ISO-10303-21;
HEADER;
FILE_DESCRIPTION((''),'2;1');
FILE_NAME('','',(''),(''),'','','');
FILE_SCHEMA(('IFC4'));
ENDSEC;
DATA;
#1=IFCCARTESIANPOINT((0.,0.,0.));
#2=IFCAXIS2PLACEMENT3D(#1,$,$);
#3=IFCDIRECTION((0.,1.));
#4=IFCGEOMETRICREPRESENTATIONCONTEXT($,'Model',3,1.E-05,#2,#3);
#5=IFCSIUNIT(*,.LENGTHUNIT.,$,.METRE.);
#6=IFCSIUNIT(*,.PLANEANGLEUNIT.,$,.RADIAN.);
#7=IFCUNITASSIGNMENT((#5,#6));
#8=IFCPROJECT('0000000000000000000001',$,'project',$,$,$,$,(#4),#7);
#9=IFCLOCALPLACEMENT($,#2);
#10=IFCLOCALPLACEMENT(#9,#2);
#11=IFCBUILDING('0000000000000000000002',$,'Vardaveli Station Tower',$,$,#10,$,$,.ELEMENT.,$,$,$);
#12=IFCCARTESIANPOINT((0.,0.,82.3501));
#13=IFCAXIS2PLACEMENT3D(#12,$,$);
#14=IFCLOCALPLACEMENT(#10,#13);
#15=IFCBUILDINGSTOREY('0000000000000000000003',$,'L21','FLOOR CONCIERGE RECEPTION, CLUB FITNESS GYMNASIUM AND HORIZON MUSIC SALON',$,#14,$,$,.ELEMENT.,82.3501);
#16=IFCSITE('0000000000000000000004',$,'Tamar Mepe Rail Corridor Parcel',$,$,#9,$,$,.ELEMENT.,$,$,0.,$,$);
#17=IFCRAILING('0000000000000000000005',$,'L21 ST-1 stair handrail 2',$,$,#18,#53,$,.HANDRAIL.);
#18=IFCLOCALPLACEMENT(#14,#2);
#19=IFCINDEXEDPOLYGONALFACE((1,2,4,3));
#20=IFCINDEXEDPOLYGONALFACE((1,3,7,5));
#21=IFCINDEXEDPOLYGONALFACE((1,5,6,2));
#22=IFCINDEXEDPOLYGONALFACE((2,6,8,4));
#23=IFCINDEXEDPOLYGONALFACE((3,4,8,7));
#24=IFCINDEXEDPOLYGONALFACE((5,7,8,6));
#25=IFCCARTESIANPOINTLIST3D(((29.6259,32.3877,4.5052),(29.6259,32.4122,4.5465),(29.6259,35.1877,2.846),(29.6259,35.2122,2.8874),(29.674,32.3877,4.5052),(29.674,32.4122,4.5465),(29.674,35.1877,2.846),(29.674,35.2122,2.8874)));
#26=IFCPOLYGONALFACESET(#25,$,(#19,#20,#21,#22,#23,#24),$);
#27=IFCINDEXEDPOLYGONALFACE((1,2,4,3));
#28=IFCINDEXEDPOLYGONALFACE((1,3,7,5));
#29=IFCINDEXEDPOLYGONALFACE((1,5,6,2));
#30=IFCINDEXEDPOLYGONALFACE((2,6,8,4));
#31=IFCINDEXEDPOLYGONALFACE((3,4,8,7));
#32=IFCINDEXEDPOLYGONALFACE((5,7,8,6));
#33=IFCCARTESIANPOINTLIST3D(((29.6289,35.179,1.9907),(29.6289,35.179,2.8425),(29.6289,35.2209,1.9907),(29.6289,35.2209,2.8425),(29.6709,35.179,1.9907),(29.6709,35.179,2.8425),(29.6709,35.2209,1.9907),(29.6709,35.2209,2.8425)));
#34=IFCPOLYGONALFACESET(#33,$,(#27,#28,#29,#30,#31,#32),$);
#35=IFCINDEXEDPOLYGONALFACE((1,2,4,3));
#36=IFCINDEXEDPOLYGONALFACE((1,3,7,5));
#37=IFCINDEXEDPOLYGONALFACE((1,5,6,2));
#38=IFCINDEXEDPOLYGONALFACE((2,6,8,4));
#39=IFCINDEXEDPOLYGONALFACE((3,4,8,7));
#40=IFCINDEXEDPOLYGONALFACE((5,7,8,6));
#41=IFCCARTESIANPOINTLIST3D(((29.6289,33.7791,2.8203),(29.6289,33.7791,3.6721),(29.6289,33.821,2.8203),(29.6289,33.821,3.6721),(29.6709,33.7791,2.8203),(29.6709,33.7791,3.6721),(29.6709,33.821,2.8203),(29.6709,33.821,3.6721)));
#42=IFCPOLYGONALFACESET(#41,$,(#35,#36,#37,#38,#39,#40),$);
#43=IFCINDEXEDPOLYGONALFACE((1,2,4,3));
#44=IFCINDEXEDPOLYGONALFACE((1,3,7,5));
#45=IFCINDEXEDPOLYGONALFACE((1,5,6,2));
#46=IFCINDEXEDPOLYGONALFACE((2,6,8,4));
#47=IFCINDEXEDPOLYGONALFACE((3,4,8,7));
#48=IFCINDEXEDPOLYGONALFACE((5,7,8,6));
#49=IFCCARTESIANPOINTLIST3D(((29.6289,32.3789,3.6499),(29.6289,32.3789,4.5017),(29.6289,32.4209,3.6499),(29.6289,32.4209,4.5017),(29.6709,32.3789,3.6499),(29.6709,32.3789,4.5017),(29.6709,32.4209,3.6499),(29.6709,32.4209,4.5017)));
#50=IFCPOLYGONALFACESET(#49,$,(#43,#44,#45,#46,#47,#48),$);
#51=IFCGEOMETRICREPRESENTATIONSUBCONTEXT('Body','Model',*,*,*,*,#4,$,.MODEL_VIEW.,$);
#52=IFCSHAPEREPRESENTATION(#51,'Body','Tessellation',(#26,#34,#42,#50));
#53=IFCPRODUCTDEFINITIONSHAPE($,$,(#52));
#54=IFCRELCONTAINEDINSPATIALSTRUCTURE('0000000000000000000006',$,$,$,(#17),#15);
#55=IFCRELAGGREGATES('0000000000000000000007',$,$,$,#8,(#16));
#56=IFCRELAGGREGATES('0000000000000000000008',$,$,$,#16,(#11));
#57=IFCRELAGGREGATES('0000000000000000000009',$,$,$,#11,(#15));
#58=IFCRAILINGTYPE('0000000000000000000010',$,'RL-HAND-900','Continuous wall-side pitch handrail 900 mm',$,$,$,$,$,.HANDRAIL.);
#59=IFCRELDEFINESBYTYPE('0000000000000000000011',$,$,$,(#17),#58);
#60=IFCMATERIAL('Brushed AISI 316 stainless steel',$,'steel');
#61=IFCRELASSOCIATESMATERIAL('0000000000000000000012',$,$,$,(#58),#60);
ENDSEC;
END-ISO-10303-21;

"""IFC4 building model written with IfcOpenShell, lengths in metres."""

from ifc_helpers import new_model, si_unit, direction, frame, origin, origin_2d, place, context, subcontext, project, spatial, rectangle, extrude, source, transform, mapped, material, type_object, element, save


model = new_model("IFC4")

# Units and contexts
model_context = context("Model", 3, precision=1e-05, world=origin(), true_north=direction((0.0, 1.0)))
body_context = subcontext(model_context, "Body", "Model", "MODEL_VIEW")
ifc_project = project(units=[si_unit("LENGTHUNIT", "METRE"), si_unit("PLANEANGLEUNIT", "RADIAN")], contexts=[model_context])

# Site, building, storey
site_placement = place(None, origin())
site = spatial("IfcSite", under=ifc_project, at=site_placement, Name="Tamar Mepe Rail Corridor Parcel", CompositionType="ELEMENT", RefElevation=0.0)
building_placement = place(site_placement, origin())
building = spatial("IfcBuilding", under=site, at=building_placement, Name="Vardaveli Station Tower", CompositionType="ELEMENT")
storey_placement = place(building_placement, frame((0.0, 0.0, 82.3501)))
storey = spatial("IfcBuildingStorey", under=building, at=storey_placement, Name="L21", Description="FLOOR CONCIERGE RECEPTION, CLUB FITNESS GYMNASIUM AND HORIZON MUSIC SALON", CompositionType="ELEMENT", Elevation=82.3501)

# Railing
ifc_material_1 = material(Name="Brushed AISI 316 stainless steel", Category="steel")
railing_type_1 = type_object("IfcRailingType", Name="RL-HAND-900", Description="Continuous wall-side pitch handrail 900 mm", PredefinedType="HANDRAIL", material=ifc_material_1)
shared_shape_1 = source(origin(), body_context, "Body", "SweptSolid", [
    extrude(rectangle(XDim=0.0481, YDim=0.0481, at=origin_2d()), frame((0.0, 0.0, 0.876), z_axis=(0.0, -0.860306, 0.509778), x_axis=(1.0, 0.0, 0.0)), (0.0, 0.0, 1.0), 3.2546),
    extrude(rectangle(XDim=0.042, YDim=0.042, at=origin_2d()), origin(), (0.0, 0.0, 1.0), 0.8518),
    extrude(rectangle(XDim=0.042, YDim=0.042, at=origin_2d()), frame((0.0, -1.3999, 0.8296)), (0.0, 0.0, 1.0), 0.8518),
    extrude(rectangle(XDim=0.042, YDim=0.042, at=origin_2d()), frame((0.0, -2.8, 1.6592)), (0.0, 0.0, 1.0), 0.8518),
])
railing_placement = place(storey_placement, frame((29.6499, 35.2, 1.9907)))
element("IfcRailing", 1, at=railing_placement, inside=storey, type_object=railing_type_1, Name="L21 ST-1 stair handrail 2", PredefinedType="HANDRAIL", context=body_context, shape_type="MappedRepresentation", body=[
    mapped(shared_shape_1, transform((0.0, 0.0, 0.0), scale=1.0)),
])

save(model, "model.ifc")
